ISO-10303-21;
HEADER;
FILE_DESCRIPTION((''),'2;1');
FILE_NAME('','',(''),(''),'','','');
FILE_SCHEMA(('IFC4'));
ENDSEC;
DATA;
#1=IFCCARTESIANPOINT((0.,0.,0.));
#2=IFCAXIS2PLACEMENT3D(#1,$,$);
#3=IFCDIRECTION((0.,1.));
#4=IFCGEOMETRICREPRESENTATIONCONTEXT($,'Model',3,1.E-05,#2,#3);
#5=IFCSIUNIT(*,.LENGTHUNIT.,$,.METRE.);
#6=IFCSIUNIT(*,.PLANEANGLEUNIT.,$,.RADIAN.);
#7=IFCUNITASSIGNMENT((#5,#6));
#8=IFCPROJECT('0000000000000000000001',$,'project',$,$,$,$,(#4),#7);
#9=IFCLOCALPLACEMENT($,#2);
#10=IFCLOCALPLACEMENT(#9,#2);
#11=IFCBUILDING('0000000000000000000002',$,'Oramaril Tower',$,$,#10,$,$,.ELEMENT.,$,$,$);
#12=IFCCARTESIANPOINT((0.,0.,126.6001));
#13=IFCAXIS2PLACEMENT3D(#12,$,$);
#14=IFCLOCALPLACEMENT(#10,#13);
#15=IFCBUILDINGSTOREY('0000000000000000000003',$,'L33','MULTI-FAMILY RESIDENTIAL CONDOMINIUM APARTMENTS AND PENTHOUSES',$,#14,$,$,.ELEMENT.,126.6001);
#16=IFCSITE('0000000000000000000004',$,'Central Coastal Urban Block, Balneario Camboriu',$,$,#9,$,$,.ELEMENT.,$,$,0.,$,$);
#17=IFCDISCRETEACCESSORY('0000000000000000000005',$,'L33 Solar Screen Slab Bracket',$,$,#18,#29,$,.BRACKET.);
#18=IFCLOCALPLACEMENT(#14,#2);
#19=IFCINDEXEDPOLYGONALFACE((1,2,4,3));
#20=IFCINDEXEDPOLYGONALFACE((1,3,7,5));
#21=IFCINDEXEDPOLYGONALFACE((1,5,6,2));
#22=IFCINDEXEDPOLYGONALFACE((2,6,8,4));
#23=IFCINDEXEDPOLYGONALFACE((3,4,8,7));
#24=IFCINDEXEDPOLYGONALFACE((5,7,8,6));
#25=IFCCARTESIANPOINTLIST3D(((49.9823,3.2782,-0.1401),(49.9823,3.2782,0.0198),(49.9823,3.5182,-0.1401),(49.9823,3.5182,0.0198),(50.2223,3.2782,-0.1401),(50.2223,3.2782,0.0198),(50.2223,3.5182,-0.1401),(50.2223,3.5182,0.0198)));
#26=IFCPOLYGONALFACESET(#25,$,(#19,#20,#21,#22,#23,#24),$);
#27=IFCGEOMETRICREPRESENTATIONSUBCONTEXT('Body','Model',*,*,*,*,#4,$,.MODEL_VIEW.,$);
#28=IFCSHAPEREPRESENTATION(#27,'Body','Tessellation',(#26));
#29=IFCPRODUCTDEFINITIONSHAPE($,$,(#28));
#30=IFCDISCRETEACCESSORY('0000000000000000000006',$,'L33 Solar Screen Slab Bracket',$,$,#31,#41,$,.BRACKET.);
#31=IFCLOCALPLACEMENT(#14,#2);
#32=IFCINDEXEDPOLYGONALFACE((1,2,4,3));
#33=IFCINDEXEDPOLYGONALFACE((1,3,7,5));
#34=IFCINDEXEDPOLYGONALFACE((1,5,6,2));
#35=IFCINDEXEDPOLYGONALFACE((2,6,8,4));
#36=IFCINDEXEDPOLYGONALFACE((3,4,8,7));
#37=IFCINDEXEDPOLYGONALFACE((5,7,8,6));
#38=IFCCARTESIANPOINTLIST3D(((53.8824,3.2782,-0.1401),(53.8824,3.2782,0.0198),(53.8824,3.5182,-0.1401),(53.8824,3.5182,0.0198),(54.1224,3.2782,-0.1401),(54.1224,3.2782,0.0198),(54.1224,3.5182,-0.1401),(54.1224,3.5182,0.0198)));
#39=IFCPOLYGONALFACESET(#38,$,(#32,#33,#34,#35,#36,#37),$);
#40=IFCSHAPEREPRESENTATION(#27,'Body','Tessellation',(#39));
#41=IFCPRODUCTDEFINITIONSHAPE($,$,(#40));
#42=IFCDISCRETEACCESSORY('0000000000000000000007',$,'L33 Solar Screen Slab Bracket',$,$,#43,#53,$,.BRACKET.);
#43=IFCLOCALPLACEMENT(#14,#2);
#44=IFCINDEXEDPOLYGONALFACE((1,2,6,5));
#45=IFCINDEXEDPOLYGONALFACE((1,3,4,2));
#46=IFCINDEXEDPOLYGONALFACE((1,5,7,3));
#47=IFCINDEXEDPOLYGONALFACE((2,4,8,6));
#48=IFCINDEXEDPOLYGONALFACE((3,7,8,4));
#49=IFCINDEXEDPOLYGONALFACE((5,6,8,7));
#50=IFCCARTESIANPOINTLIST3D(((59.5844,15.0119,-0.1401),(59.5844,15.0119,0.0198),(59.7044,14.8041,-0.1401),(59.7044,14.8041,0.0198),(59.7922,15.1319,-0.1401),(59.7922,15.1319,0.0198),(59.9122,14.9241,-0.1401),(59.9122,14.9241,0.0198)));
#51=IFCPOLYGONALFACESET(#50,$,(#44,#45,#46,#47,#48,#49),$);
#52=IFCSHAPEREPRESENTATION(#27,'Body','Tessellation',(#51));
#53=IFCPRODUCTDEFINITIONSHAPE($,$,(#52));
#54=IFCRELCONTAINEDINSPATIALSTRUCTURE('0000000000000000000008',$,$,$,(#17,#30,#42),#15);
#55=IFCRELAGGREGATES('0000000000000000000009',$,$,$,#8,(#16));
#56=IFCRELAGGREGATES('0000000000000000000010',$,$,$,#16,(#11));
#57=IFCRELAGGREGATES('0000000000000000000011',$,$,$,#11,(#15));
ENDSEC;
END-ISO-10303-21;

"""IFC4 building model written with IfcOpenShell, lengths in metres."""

from ifc_helpers import new_model, si_unit, direction, frame, origin, origin_2d, place, context, subcontext, project, spatial, rectangle, extrude, element, save


model = new_model("IFC4")

# Units and contexts
model_context = context("Model", 3, precision=1e-05, world=origin(), true_north=direction((0.0, 1.0)))
body_context = subcontext(model_context, "Body", "Model", "MODEL_VIEW")
ifc_project = project(units=[si_unit("LENGTHUNIT", "METRE"), si_unit("PLANEANGLEUNIT", "RADIAN")], contexts=[model_context])

# Site, building, storey
site_placement = place(None, origin())
site = spatial("IfcSite", under=ifc_project, at=site_placement, Name="Central Coastal Urban Block, Balneario Camboriu", CompositionType="ELEMENT", RefElevation=0.0)
building_placement = place(site_placement, origin())
building = spatial("IfcBuilding", under=site, at=building_placement, Name="Oramaril Tower", CompositionType="ELEMENT")
storey_placement = place(building_placement, frame((0.0, 0.0, 126.6001)))
storey = spatial("IfcBuildingStorey", under=building, at=storey_placement, Name="L33", Description="MULTI-FAMILY RESIDENTIAL CONDOMINIUM APARTMENTS AND PENTHOUSES", CompositionType="ELEMENT", Elevation=126.6001)

# Discrete accessories
for number, where, z_axis, x_axis, name in (
    (1, (50.1023, 3.3982, -0.1401), (0.0, 0.0, 1.0), (1.0, 0.0, 0.0), "L33 Solar Screen Slab Bracket"),
    (2, (54.0024, 3.3982, -0.1401), (0.0, 0.0, 1.0), (1.0, 0.0, 0.0), "L33 Solar Screen Slab Bracket"),
    (3, (59.7483, 14.968, -0.1401), (0.0, 0.0, 1.0), (-0.499998, 0.866026, 0.0), "L33 Solar Screen Slab Bracket"),
):
    element("IfcDiscreteAccessory", number, at=place(storey_placement, frame(where, z_axis=z_axis, x_axis=x_axis)), inside=storey, Name=name, PredefinedType="BRACKET", context=body_context, shape_type="SweptSolid", body=[
        extrude(rectangle(XDim=0.24, YDim=0.24, at=origin_2d()), origin(), (0.0, 0.0, 1.0), 0.1599),
    ])

save(model, "model.ifc")
